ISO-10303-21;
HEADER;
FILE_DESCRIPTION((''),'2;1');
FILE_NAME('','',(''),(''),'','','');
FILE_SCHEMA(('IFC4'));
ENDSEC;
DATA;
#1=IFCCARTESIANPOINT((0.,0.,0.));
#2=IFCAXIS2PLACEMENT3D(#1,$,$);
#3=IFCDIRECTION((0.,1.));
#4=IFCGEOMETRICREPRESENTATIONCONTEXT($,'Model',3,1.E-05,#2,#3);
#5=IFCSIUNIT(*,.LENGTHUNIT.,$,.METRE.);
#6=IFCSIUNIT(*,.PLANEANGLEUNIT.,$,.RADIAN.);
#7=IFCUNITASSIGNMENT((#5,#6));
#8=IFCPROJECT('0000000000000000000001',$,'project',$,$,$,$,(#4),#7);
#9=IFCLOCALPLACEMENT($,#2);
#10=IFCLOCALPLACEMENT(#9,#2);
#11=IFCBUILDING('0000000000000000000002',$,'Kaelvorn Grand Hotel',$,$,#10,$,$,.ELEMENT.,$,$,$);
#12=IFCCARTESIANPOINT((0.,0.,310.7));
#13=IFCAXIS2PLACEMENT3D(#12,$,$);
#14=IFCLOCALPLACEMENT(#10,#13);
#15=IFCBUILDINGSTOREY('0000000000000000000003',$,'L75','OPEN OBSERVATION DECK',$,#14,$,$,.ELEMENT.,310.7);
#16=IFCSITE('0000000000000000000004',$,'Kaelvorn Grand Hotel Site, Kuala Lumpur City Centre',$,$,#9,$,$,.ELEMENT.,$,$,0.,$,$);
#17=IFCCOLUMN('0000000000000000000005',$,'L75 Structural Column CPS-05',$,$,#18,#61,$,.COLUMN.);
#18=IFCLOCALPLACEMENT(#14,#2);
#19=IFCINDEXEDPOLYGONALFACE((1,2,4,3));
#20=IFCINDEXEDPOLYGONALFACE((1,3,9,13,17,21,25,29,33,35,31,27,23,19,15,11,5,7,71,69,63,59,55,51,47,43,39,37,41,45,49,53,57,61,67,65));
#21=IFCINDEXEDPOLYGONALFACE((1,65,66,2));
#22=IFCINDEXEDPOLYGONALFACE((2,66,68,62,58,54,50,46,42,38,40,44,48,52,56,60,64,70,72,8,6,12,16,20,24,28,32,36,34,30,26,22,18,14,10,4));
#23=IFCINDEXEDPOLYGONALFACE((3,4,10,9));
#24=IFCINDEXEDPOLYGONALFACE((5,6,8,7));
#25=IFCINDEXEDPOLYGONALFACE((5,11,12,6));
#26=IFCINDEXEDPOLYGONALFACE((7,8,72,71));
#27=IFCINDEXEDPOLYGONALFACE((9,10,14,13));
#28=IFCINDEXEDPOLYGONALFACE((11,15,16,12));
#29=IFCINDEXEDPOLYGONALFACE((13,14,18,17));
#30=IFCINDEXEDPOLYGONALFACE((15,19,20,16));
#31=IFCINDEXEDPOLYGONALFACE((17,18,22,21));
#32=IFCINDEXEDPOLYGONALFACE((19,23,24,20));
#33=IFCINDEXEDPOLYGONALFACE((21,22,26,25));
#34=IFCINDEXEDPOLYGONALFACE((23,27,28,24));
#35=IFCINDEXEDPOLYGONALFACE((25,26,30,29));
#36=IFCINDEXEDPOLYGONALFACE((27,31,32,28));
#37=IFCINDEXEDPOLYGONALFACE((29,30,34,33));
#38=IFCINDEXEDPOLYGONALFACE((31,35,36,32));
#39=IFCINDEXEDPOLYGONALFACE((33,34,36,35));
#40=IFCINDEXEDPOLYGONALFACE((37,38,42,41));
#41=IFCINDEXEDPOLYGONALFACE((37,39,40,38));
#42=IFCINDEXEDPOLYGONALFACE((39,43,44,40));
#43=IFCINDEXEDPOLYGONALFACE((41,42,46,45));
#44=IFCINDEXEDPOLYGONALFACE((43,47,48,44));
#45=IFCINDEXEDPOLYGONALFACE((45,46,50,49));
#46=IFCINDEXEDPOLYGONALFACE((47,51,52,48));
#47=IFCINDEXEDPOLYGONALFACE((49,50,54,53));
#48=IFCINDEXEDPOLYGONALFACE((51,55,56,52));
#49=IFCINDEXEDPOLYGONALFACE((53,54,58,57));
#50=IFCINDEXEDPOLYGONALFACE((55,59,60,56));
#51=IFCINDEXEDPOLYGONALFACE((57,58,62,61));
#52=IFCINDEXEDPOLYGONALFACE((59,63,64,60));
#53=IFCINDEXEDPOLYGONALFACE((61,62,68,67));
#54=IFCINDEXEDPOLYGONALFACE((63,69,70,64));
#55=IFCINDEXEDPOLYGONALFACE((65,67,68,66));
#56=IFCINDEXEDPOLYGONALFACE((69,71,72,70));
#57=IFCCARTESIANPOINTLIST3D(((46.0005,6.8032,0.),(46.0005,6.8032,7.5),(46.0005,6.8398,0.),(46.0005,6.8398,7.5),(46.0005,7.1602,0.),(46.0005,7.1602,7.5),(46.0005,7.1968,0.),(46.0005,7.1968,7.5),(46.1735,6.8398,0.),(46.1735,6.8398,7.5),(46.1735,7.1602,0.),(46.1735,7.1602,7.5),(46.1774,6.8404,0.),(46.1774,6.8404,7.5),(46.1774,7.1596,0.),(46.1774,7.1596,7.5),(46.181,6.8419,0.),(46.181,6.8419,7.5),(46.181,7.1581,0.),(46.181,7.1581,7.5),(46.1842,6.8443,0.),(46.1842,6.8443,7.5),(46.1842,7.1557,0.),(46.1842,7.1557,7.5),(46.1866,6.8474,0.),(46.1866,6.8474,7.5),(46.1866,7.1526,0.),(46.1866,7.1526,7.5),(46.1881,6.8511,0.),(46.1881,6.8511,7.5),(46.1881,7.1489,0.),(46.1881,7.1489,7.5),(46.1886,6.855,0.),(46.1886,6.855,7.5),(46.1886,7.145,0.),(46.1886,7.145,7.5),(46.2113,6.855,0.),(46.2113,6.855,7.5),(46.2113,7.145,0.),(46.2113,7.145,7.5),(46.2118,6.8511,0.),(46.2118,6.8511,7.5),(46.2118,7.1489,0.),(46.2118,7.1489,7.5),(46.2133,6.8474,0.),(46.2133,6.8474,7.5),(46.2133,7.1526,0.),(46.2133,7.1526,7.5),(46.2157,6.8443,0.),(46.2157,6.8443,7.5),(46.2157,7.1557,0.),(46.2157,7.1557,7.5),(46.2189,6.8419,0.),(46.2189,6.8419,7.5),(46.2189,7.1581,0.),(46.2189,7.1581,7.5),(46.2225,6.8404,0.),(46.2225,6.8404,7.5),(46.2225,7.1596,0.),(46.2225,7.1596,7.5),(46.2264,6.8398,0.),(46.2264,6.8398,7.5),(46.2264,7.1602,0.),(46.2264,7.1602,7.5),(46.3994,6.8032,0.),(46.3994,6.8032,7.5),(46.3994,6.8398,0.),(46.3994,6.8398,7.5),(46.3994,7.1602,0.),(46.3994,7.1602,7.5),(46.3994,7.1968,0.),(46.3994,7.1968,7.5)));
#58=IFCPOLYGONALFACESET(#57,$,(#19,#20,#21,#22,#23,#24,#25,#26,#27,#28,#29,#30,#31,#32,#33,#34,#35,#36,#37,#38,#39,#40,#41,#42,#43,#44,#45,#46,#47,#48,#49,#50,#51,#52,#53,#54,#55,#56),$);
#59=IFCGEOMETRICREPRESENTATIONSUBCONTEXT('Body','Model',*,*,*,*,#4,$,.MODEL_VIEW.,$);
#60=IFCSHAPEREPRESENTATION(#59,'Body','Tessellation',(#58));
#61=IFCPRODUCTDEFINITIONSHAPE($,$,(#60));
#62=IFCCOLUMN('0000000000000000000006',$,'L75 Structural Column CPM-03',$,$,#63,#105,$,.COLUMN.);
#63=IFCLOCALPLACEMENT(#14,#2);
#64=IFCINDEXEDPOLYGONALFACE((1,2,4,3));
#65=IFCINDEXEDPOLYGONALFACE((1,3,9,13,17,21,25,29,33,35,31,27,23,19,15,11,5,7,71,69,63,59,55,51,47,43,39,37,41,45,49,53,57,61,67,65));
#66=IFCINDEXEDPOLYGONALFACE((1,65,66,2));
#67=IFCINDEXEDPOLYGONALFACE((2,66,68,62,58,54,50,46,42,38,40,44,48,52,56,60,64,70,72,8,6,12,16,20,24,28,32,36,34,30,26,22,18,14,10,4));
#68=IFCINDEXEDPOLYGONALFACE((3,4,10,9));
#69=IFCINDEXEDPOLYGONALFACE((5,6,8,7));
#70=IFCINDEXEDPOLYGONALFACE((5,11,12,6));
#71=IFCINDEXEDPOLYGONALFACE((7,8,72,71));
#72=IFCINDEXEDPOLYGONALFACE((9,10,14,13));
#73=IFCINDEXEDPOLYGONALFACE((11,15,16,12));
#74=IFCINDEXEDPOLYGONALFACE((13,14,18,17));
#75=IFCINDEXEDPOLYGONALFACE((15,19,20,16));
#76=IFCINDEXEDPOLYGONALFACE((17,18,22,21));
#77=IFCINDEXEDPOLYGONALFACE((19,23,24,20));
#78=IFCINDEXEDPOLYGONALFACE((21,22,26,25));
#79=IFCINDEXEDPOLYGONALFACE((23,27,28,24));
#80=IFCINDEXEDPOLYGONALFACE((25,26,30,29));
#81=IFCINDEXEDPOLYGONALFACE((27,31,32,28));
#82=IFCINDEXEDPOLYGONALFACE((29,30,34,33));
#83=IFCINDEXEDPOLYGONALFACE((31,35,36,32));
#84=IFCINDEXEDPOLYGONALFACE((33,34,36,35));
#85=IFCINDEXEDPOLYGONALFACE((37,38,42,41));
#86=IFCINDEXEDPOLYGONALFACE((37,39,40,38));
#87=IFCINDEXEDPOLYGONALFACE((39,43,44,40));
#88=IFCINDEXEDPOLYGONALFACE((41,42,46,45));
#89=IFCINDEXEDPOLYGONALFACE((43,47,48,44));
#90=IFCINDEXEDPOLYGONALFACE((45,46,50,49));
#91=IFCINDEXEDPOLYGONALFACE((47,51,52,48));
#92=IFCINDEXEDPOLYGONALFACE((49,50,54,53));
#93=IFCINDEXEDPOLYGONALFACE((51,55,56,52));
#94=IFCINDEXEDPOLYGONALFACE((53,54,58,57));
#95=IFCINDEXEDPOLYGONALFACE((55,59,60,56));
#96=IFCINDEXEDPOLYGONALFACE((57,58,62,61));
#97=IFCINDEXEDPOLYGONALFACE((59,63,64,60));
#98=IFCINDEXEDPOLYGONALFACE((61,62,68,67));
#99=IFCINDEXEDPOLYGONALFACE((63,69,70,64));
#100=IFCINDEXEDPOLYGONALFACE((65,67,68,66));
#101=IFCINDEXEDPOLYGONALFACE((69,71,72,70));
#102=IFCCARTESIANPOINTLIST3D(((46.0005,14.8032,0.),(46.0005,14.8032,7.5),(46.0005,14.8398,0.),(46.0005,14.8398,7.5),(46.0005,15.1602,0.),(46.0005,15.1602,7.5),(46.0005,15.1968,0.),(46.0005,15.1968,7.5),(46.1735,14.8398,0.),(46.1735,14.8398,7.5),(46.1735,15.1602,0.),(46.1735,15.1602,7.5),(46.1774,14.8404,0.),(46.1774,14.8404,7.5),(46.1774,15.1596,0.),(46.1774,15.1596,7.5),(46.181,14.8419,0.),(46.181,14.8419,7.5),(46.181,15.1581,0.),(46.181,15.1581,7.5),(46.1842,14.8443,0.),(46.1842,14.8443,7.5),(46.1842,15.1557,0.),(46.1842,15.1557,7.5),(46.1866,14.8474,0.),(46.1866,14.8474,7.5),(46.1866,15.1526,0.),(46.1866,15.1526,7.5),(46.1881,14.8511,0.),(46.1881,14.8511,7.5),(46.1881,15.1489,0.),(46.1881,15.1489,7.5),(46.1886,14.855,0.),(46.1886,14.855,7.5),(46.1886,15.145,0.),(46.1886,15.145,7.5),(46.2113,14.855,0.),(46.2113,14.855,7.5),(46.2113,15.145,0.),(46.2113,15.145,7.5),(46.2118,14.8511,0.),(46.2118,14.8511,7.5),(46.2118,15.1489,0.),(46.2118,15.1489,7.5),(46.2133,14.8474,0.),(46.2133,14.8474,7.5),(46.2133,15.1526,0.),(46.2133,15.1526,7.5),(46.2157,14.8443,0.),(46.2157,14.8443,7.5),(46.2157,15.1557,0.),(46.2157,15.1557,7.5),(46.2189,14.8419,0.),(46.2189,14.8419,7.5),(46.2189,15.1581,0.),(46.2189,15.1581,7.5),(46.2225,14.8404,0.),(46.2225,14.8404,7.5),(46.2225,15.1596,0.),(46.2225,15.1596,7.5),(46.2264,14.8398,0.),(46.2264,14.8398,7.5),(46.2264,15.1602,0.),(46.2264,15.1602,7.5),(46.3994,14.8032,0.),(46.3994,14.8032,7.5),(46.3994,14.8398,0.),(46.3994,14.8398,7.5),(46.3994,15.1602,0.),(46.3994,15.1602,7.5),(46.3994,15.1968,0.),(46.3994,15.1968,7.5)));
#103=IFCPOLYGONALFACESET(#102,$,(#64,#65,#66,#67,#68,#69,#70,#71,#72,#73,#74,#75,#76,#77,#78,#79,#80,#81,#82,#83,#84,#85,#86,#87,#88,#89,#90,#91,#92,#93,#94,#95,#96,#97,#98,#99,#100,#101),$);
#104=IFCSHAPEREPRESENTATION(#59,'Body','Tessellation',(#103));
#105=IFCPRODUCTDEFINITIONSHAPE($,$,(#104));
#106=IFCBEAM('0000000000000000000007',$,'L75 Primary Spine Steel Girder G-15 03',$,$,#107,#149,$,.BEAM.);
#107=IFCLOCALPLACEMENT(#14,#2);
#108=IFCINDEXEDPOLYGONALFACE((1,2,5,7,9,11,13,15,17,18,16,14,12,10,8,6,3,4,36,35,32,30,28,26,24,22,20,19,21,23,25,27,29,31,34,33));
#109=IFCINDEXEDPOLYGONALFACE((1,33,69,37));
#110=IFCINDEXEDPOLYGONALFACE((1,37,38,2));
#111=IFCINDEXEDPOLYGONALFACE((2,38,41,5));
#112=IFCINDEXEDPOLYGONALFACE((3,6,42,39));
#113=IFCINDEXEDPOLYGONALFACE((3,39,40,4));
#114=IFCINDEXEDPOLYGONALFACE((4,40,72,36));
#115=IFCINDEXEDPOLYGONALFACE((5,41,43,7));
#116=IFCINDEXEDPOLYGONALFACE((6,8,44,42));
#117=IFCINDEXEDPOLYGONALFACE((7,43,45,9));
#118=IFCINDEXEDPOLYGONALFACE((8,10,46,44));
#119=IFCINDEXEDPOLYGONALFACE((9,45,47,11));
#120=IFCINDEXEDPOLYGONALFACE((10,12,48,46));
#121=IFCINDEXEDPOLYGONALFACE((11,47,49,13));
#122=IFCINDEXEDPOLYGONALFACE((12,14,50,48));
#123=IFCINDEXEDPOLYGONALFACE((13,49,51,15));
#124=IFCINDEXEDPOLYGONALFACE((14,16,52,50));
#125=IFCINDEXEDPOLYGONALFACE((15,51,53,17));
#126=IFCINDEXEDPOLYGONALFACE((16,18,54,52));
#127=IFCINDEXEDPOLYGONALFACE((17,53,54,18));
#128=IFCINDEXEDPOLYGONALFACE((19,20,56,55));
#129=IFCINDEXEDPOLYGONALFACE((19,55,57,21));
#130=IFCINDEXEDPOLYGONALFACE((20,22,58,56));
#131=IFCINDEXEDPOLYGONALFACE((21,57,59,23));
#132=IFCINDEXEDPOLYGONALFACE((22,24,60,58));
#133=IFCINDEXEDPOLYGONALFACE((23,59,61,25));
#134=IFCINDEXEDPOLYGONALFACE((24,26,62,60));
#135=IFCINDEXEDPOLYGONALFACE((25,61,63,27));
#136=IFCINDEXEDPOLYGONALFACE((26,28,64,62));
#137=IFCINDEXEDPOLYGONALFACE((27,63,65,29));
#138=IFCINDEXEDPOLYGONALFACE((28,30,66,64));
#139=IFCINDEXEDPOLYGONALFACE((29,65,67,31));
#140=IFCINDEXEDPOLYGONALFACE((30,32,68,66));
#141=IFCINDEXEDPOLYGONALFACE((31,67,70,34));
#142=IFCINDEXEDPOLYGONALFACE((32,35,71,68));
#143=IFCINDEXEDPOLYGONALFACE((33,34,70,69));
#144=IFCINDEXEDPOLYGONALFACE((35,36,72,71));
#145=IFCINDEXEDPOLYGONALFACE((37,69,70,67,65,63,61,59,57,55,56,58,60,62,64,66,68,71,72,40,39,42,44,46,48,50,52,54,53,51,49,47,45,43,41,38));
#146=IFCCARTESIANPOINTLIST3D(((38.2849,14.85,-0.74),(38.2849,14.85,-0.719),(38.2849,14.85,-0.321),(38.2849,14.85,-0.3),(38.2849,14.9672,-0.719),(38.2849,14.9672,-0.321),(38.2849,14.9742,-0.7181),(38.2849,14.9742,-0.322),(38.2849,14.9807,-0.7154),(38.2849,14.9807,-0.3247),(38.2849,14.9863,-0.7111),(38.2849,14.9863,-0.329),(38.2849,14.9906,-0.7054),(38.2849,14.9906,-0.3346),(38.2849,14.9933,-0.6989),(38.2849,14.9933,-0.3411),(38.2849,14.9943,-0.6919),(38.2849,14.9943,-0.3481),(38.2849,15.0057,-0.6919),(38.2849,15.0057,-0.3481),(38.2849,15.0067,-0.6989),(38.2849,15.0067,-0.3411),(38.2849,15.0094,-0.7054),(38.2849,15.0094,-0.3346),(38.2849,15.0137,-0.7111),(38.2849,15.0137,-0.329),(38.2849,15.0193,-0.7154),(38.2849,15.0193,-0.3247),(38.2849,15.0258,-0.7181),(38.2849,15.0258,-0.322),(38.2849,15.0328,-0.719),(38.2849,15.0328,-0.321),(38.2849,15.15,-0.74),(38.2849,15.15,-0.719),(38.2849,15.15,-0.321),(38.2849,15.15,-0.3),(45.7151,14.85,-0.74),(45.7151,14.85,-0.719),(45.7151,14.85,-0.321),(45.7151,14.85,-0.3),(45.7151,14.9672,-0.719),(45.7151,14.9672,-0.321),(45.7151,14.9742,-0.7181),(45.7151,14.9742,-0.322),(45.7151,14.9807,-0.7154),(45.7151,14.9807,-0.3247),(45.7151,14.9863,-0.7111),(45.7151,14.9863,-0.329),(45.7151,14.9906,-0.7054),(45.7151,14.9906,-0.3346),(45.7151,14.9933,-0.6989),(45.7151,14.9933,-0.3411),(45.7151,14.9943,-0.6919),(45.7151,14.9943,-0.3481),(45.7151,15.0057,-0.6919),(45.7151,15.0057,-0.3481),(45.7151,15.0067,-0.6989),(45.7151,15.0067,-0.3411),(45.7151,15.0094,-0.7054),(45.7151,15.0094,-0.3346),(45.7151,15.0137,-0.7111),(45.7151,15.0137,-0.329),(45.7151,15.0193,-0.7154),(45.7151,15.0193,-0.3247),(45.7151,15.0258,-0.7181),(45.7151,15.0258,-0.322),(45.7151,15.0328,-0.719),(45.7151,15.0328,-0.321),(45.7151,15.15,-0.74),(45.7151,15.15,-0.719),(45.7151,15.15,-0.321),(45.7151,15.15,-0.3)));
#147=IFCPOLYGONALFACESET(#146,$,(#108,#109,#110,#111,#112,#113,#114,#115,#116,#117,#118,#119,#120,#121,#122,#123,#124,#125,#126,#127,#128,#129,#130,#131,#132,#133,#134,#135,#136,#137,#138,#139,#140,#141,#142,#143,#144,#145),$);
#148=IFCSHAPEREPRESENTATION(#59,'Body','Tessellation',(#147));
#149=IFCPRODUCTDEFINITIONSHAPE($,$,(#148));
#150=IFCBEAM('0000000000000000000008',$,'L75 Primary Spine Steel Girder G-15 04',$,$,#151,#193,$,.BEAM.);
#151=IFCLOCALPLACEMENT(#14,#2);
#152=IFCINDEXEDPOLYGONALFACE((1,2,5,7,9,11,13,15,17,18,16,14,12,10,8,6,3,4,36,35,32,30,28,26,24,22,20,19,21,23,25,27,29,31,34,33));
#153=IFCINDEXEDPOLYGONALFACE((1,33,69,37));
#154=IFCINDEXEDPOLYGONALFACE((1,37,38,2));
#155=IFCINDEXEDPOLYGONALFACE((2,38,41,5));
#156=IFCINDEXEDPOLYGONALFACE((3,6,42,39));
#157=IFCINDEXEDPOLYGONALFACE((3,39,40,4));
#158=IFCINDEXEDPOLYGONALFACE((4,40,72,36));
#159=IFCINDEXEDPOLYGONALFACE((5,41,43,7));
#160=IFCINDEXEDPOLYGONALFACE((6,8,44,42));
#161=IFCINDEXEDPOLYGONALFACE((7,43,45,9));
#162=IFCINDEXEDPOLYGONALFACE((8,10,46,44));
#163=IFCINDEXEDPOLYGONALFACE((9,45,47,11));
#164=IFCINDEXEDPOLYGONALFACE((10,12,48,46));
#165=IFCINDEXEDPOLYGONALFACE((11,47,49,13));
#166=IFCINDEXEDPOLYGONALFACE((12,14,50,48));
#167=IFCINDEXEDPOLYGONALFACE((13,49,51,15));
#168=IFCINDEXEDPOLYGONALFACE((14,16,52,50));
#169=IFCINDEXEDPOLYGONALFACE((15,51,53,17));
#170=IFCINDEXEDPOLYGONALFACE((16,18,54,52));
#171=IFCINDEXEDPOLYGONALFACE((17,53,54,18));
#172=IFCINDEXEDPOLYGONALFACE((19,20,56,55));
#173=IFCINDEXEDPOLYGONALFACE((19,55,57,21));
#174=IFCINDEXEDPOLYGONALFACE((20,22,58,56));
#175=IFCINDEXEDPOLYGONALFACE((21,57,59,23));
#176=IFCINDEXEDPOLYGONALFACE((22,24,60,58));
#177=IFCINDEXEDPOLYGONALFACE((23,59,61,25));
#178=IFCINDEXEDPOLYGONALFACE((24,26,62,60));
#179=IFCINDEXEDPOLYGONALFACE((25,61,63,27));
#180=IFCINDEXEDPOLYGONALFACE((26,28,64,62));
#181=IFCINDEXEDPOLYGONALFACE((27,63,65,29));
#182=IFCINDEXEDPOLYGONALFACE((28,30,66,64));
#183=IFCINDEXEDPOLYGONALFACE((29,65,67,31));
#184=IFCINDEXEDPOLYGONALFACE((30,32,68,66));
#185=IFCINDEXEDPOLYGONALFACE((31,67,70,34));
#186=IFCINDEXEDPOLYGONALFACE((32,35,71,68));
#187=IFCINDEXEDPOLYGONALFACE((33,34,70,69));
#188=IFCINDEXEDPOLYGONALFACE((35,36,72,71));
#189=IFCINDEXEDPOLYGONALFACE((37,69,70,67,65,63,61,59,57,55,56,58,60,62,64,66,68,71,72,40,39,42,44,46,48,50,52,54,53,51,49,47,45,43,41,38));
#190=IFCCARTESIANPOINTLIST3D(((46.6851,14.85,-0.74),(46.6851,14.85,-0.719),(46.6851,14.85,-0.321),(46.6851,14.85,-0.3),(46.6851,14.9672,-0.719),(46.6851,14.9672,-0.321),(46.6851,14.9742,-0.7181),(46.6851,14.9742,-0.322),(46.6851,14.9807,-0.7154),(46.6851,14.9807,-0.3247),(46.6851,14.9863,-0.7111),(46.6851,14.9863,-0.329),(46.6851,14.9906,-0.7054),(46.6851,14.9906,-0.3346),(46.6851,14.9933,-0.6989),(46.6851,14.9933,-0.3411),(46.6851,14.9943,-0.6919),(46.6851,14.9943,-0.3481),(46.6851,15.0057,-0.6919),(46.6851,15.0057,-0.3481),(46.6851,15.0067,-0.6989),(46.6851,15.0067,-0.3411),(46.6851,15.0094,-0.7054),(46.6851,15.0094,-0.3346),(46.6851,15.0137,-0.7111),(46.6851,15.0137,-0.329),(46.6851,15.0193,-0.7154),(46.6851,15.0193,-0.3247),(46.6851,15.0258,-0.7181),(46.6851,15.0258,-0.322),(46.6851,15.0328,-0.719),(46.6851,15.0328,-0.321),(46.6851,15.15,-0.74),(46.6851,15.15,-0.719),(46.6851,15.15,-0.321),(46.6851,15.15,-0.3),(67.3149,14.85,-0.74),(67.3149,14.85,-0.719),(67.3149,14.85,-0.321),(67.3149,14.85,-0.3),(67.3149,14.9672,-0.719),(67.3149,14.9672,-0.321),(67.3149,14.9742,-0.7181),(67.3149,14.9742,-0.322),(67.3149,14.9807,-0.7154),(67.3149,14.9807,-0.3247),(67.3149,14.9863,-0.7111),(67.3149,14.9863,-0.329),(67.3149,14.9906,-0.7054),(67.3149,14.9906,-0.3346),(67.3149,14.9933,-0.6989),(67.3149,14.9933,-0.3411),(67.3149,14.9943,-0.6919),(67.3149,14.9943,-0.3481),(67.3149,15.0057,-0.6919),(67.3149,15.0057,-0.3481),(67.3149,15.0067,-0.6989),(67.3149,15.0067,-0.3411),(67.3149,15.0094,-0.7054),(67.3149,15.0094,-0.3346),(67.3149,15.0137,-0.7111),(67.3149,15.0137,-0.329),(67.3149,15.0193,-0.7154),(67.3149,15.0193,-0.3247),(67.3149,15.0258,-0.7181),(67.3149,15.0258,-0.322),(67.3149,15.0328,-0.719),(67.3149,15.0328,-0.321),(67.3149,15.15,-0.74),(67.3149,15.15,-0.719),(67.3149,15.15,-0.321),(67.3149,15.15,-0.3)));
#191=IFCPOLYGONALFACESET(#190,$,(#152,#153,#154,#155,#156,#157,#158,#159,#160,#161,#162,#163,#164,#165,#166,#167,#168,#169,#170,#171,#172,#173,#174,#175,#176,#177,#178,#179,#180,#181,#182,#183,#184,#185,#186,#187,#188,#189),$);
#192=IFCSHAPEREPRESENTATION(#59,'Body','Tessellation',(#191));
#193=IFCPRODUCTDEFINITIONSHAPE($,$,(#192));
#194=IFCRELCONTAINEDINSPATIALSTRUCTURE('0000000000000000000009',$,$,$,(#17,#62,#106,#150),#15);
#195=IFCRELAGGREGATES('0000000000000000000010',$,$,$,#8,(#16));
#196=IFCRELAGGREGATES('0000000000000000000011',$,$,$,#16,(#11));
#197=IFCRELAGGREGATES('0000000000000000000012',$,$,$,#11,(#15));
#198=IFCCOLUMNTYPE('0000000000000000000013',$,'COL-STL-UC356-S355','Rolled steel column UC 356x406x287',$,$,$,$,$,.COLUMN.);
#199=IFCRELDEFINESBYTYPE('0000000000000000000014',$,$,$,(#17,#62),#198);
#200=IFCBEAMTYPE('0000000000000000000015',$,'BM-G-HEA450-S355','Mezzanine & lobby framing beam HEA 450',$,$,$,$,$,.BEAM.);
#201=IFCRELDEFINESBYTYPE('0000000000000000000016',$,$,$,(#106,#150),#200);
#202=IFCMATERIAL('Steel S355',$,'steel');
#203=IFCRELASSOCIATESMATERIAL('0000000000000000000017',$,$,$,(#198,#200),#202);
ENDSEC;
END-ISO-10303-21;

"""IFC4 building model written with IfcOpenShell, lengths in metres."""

from ifc_helpers import new_model, si_unit, direction, frame, origin, origin_2d, place, context, subcontext, project, spatial, i_section, extrude, material, material_profile, profile_set, type_object, element, save


model = new_model("IFC4")

# Units and contexts
model_context = context("Model", 3, precision=1e-05, world=origin(), true_north=direction((0.0, 1.0)))
body_context = subcontext(model_context, "Body", "Model", "MODEL_VIEW")
ifc_project = project(units=[si_unit("LENGTHUNIT", "METRE"), si_unit("PLANEANGLEUNIT", "RADIAN")], contexts=[model_context])

# Site, building, storey
site_placement = place(None, origin())
site = spatial("IfcSite", under=ifc_project, at=site_placement, Name="Kaelvorn Grand Hotel Site, Kuala Lumpur City Centre", CompositionType="ELEMENT", RefElevation=0.0)
building_placement = place(site_placement, origin())
building = spatial("IfcBuilding", under=site, at=building_placement, Name="Kaelvorn Grand Hotel", CompositionType="ELEMENT")
storey_placement = place(building_placement, frame((0.0, 0.0, 310.7)))
storey = spatial("IfcBuildingStorey", under=building, at=storey_placement, Name="L75", Description="OPEN OBSERVATION DECK", CompositionType="ELEMENT", Elevation=310.7)

# Columns
ifc_material_1 = material(Name="Steel S355", Category="steel")
ifc_material_profile_1 = material_profile(ifc_material_1, i_section(OverallWidth=0.3989, OverallDepth=0.3936, WebThickness=0.0227, FlangeThickness=0.0366, FilletRadius=0.0151, at=origin_2d()), Name="UC 356x406x287")
ifc_profile_set_1 = profile_set([ifc_material_profile_1], Name="Steel S355")
column_type = type_object("IfcColumnType", Name="COL-STL-UC356-S355", Description="Rolled steel column UC 356x406x287", PredefinedType="COLUMN", material=ifc_profile_set_1)
for number, where, z_axis, x_axis, name in (
    (1, (46.2, 7.0, 0.0), (0.0, 0.0, 1.0), (1.0, 0.0, 0.0), "L75 Structural Column CPS-05"),
    (2, (46.2, 15.0, 0.0), (0.0, 0.0, 1.0), (1.0, 0.0, 0.0), "L75 Structural Column CPM-03"),
):
    element("IfcColumn", number, at=place(storey_placement, frame(where, z_axis=z_axis, x_axis=x_axis)), inside=storey, type_object=column_type, Name=name, PredefinedType="COLUMN", context=body_context, shape_type="SweptSolid", body=[
        extrude(i_section(OverallWidth=0.3989, OverallDepth=0.3936, WebThickness=0.0227, FlangeThickness=0.0366, FilletRadius=0.0151, at=origin_2d()), origin(), (0.0, 0.0, 1.0), 7.5),
    ])

# Beams
ifc_material_profile_2 = material_profile(ifc_material_1, i_section(OverallWidth=0.3, OverallDepth=0.4399, WebThickness=0.0115, FlangeThickness=0.021, FilletRadius=0.0271, at=origin_2d()), Name="HEA 450")
ifc_profile_set_2 = profile_set([ifc_material_profile_2], Name="Steel S355")
beam_type_1 = type_object("IfcBeamType", Name="BM-G-HEA450-S355", Description="Mezzanine & lobby framing beam HEA 450", PredefinedType="BEAM", material=ifc_profile_set_2)
beam_1_placement = place(storey_placement, frame((38.2849, 15.0, -0.52), z_axis=(1.0, 0.0, 0.0), x_axis=(0.0, 1.0, 0.0)))
element("IfcBeam", 3, at=beam_1_placement, inside=storey, type_object=beam_type_1, Name="L75 Primary Spine Steel Girder G-15 03", PredefinedType="BEAM", context=body_context, shape_type="SweptSolid", body=[
    extrude(i_section(OverallWidth=0.3, OverallDepth=0.4399, WebThickness=0.0115, FlangeThickness=0.021, FilletRadius=0.0271, at=origin_2d()), origin(), (0.0, 0.0, 1.0), 7.4302),
])
beam_2_placement = place(storey_placement, frame((46.6851, 15.0, -0.52), z_axis=(1.0, 0.0, 0.0), x_axis=(0.0, 1.0, 0.0)))
element("IfcBeam", 4, at=beam_2_placement, inside=storey, type_object=beam_type_1, Name="L75 Primary Spine Steel Girder G-15 04", PredefinedType="BEAM", context=body_context, shape_type="SweptSolid", body=[
    extrude(i_section(OverallWidth=0.3, OverallDepth=0.4399, WebThickness=0.0115, FlangeThickness=0.021, FilletRadius=0.0271, at=origin_2d()), origin(), (0.0, 0.0, 1.0), 20.6299),
])

save(model, "model.ifc")
